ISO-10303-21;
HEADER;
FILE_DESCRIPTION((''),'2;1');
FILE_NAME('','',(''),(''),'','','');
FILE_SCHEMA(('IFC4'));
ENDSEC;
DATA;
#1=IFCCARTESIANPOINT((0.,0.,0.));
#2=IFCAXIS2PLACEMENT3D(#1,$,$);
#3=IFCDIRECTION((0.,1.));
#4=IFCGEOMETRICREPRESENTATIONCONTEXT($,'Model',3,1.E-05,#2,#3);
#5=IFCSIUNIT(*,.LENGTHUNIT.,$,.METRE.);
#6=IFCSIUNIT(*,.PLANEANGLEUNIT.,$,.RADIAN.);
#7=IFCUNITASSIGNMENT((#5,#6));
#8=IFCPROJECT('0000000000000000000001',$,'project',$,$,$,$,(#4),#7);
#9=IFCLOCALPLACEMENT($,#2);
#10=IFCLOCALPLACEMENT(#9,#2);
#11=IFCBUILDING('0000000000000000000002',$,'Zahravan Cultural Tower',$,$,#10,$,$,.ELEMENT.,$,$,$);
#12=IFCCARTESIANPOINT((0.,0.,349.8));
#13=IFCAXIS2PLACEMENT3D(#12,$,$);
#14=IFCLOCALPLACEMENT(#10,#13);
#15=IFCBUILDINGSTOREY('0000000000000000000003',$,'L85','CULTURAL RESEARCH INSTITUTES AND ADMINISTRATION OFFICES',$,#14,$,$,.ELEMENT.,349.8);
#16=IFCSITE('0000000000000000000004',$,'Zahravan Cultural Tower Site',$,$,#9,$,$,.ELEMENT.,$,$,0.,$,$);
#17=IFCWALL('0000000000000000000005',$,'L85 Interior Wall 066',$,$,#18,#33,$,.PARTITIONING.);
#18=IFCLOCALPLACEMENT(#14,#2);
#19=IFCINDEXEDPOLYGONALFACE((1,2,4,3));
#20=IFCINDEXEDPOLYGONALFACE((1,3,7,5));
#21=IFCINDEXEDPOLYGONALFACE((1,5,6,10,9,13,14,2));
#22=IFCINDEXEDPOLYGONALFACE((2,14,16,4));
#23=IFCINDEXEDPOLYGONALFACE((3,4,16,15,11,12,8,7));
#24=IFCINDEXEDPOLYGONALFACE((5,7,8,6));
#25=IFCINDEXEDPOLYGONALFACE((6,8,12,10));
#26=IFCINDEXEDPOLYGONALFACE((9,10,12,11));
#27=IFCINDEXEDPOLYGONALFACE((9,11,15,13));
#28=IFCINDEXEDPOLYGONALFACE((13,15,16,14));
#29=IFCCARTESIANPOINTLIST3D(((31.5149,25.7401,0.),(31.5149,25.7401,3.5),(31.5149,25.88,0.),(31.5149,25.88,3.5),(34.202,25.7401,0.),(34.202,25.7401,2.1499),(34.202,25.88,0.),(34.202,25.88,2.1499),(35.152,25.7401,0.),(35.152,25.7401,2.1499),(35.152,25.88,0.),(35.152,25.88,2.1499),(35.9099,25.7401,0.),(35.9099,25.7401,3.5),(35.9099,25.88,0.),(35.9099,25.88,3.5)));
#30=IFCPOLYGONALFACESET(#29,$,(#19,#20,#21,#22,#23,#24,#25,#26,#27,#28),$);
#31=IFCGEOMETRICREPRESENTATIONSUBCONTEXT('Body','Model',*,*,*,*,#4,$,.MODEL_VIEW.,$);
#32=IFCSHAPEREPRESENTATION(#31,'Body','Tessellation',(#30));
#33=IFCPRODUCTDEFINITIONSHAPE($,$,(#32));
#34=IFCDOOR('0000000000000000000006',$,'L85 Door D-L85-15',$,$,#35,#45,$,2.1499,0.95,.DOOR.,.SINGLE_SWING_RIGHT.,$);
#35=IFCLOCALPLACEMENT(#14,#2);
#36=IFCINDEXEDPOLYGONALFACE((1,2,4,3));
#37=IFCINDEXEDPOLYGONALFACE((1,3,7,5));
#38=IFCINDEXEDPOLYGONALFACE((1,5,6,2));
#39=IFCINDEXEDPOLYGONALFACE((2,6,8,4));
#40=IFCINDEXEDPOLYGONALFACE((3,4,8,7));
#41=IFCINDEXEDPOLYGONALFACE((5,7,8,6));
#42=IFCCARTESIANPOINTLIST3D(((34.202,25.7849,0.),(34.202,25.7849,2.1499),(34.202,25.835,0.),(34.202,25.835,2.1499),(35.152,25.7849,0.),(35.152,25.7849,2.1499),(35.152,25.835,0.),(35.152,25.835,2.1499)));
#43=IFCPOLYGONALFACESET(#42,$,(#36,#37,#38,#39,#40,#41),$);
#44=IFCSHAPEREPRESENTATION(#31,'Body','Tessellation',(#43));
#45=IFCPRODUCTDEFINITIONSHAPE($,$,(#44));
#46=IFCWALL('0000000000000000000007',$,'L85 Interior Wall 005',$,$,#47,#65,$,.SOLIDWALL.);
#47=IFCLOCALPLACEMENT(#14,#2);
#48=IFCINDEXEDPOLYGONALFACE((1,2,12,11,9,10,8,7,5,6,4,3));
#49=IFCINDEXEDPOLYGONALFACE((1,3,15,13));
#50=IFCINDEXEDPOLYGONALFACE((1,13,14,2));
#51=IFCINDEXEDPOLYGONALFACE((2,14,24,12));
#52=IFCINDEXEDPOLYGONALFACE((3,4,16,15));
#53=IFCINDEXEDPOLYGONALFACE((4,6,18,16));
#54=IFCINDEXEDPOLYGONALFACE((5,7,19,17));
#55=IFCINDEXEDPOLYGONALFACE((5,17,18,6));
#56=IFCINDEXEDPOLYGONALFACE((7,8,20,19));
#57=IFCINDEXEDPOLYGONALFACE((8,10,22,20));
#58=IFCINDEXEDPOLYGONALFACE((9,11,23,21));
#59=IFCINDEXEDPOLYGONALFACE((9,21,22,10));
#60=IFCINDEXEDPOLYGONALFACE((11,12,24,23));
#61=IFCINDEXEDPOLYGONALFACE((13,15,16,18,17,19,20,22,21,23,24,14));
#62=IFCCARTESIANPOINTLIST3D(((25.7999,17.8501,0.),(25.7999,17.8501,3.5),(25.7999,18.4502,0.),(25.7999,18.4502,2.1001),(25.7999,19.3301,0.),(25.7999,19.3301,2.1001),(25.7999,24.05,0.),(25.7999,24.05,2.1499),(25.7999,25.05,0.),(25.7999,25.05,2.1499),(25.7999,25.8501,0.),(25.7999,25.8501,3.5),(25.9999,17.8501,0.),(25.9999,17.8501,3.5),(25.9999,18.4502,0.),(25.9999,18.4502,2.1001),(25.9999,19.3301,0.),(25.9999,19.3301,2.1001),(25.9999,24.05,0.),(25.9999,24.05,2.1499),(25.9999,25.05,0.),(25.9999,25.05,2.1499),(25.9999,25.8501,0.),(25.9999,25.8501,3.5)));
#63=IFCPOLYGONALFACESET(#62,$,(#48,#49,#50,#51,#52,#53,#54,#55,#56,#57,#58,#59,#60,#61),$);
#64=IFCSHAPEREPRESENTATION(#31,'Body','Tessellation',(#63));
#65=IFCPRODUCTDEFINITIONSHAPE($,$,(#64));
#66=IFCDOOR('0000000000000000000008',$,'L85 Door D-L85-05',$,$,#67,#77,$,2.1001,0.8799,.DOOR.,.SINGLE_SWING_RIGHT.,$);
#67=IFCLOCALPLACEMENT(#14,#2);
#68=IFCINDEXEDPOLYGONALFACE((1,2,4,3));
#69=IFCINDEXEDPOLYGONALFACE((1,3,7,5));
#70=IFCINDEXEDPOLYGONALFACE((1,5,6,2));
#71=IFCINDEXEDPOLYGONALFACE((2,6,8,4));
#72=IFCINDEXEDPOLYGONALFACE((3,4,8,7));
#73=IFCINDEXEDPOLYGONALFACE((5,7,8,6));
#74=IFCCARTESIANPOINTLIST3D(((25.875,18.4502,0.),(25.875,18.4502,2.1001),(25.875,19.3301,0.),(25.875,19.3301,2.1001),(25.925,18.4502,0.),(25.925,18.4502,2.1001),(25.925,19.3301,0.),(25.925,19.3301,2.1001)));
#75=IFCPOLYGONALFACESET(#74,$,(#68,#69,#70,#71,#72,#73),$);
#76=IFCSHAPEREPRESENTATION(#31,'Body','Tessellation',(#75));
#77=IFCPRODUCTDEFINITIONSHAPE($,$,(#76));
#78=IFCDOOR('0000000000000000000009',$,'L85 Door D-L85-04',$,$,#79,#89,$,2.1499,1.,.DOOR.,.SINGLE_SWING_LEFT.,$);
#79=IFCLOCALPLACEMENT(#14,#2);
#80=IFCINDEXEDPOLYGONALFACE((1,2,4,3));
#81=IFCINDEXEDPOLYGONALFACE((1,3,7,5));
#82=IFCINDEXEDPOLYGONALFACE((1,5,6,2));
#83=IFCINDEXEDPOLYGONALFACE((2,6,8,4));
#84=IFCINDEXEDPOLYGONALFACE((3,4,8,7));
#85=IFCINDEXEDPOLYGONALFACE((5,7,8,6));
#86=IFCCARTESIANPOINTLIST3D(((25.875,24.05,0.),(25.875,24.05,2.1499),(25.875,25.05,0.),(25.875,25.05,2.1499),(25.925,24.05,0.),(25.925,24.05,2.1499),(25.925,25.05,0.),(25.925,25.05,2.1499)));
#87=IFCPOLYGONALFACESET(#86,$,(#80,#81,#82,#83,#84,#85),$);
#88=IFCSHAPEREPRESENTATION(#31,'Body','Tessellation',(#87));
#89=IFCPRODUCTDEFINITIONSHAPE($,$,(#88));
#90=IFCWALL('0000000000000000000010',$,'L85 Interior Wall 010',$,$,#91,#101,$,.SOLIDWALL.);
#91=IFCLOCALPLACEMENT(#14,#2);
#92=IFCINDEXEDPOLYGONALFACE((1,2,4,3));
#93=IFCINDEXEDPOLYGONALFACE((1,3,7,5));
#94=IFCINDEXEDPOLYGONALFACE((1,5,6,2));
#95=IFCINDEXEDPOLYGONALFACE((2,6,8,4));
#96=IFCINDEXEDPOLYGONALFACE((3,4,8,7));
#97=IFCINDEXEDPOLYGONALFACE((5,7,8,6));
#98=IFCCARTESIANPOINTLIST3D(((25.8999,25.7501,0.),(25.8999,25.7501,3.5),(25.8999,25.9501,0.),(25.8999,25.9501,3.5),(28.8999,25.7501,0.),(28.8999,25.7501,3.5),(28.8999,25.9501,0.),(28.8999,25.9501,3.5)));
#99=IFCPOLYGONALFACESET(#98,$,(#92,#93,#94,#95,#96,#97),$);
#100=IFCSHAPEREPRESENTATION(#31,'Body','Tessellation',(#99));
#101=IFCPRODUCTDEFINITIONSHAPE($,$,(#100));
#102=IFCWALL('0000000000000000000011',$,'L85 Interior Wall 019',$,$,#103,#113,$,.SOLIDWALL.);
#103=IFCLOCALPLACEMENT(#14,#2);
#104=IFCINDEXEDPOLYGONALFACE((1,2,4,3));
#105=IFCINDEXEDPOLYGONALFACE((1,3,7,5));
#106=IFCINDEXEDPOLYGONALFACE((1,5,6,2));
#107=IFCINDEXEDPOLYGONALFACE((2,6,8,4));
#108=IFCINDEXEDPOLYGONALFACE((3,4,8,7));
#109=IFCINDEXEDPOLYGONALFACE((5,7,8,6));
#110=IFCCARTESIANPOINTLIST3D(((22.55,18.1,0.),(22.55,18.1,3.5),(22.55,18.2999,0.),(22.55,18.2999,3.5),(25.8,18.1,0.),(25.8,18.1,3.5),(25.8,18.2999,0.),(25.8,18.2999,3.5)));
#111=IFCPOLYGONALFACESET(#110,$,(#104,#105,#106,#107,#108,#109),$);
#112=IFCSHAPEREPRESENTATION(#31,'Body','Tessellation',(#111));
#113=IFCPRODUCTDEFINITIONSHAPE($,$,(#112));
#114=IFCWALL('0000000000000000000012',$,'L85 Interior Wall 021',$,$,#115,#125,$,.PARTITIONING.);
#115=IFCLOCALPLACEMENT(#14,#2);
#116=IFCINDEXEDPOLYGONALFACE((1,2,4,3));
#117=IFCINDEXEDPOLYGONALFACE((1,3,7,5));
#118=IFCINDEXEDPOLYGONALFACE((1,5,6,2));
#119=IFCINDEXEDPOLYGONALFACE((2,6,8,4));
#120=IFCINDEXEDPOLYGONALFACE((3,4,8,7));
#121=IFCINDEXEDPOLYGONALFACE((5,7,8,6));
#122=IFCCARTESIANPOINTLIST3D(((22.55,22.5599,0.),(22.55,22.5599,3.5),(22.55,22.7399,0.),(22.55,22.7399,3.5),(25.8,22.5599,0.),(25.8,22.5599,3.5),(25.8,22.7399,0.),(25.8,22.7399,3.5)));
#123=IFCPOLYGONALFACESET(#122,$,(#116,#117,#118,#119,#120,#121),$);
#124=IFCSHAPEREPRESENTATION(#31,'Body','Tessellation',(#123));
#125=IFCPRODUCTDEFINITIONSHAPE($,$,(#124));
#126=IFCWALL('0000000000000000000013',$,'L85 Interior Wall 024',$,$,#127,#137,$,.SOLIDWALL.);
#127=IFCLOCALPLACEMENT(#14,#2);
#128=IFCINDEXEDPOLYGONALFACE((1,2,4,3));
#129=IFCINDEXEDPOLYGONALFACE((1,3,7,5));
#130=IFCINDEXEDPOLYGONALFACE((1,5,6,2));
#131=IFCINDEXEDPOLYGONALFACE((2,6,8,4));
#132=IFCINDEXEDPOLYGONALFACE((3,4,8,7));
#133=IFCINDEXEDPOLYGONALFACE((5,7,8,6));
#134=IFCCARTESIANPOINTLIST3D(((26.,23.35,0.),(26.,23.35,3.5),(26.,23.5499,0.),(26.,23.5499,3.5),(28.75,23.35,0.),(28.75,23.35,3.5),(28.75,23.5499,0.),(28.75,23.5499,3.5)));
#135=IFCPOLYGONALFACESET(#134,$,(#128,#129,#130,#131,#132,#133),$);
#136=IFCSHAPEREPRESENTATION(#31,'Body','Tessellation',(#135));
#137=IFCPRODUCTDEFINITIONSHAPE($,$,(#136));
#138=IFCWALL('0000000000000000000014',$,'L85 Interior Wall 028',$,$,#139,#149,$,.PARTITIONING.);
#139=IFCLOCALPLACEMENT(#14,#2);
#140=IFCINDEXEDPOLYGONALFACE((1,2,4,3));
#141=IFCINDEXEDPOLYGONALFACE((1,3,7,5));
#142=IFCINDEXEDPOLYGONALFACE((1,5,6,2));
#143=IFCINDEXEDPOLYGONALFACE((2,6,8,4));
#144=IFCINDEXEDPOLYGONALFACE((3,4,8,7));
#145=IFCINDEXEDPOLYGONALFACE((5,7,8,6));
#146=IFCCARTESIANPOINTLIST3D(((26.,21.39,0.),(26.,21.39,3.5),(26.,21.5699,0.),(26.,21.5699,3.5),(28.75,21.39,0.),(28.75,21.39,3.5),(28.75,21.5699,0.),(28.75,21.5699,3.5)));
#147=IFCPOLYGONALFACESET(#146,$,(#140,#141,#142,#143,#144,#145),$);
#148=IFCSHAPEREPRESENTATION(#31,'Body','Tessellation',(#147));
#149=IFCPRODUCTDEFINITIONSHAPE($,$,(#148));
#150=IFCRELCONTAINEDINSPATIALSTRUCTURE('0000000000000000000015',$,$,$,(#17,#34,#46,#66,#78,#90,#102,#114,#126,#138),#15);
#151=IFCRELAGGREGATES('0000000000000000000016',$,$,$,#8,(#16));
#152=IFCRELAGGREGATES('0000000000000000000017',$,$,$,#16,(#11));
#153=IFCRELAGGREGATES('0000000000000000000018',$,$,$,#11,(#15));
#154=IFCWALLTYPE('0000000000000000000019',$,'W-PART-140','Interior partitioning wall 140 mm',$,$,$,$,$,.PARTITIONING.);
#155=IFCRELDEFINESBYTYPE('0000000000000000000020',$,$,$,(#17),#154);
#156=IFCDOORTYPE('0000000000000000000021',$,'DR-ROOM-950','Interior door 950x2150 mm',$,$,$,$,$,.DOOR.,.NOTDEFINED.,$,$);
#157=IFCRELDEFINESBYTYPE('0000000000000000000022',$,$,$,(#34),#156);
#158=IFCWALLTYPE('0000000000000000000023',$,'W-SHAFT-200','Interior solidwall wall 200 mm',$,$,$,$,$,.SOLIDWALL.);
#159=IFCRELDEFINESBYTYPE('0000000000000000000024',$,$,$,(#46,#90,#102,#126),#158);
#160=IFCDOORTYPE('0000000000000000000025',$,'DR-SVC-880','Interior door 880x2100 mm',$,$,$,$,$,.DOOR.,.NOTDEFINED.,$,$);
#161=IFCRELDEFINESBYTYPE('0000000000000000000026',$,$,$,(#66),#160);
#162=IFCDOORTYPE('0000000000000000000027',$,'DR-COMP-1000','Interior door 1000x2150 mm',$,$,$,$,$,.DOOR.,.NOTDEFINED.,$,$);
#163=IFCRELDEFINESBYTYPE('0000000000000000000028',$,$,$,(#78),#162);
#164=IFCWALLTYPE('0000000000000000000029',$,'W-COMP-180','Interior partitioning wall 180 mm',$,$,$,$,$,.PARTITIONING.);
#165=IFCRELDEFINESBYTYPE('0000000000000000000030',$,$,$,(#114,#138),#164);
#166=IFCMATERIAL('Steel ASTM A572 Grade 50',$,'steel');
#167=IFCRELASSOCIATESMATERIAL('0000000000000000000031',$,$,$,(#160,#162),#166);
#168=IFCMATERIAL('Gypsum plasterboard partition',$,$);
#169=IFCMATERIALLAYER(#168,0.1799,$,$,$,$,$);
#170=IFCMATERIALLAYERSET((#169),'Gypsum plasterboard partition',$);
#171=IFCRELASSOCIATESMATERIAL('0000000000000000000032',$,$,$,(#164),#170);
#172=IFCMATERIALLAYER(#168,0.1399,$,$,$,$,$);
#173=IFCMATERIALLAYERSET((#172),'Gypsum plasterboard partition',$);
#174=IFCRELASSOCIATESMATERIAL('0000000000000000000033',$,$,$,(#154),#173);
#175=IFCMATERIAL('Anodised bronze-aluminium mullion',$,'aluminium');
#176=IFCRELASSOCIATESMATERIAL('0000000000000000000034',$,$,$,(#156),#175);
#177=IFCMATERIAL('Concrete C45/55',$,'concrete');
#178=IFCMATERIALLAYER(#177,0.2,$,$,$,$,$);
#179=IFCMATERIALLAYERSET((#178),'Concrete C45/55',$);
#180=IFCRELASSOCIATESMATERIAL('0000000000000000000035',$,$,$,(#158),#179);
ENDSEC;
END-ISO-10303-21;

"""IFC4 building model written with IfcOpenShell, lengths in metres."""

from ifc_helpers import new_model, si_unit, direction, frame, frame_2d, origin, place, context, subcontext, project, spatial, rectangle, extrude, source, transform, mapped, material, layer, layer_set, type_object, element, fill, save


model = new_model("IFC4")

# Units and contexts
model_context = context("Model", 3, precision=1e-05, world=origin(), true_north=direction((0.0, 1.0)))
body_context = subcontext(model_context, "Body", "Model", "MODEL_VIEW")
ifc_project = project(units=[si_unit("LENGTHUNIT", "METRE"), si_unit("PLANEANGLEUNIT", "RADIAN")], contexts=[model_context])

# Site, building, storey
site_placement = place(None, origin())
site = spatial("IfcSite", under=ifc_project, at=site_placement, Name="Zahravan Cultural Tower Site", CompositionType="ELEMENT", RefElevation=0.0)
building_placement = place(site_placement, origin())
building = spatial("IfcBuilding", under=site, at=building_placement, Name="Zahravan Cultural Tower", CompositionType="ELEMENT")
storey_placement = place(building_placement, frame((0.0, 0.0, 349.8)))
storey = spatial("IfcBuildingStorey", under=building, at=storey_placement, Name="L85", Description="CULTURAL RESEARCH INSTITUTES AND ADMINISTRATION OFFICES", CompositionType="ELEMENT", Elevation=349.8)

# Shared definitions
ifc_material_1 = material(Name="Steel ASTM A572 Grade 50", Category="steel")
door_type_1 = type_object("IfcDoorType", Name="DR-SVC-880", Description="Interior door 880x2100 mm", OperationType="NOTDEFINED", PredefinedType="DOOR", material=ifc_material_1)
shared_shape_1 = source(origin(), body_context, "Body", "SweptSolid", [
    extrude(rectangle(XDim=0.8799, YDim=2.1001, at=frame_2d((0.4399, 1.05))), frame((0.0, 0.0249, 0.0), z_axis=(0.0, -1.0, 0.0), x_axis=(1.0, 0.0, 0.0)), (0.0, 0.0, 1.0), 0.05),
])

# Wall, opening, door
ifc_material_2 = material(Name="Gypsum plasterboard partition")
ifc_layer_1 = layer(ifc_material_2, 0.1799)
ifc_layer_set_1 = layer_set([ifc_layer_1], Name="Gypsum plasterboard partition")
wall_type_1 = type_object("IfcWallType", Name="W-COMP-180", Description="Interior partitioning wall 180 mm", PredefinedType="PARTITIONING", material=ifc_layer_set_1)
ifc_layer_2 = layer(ifc_material_2, 0.1399)
ifc_layer_set_2 = layer_set([ifc_layer_2], Name="Gypsum plasterboard partition")
wall_type_2 = type_object("IfcWallType", Name="W-PART-140", Description="Interior partitioning wall 140 mm", PredefinedType="PARTITIONING", material=ifc_layer_set_2)
wall_1_placement = place(storey_placement, frame((31.5149, 25.8101, 0.0), z_axis=(0.0, 0.0, 1.0), x_axis=(1.0, 0.0, 0.0)))
wall_1 = element("IfcWall", 1, at=wall_1_placement, inside=storey, type_object=wall_type_2, Name="L85 Interior Wall 066", PredefinedType="PARTITIONING", context=body_context, shape_type="SweptSolid", body=[
    extrude(rectangle(XDim=4.395, YDim=0.1399, at=frame_2d((2.1975, 0.0))), origin(), (0.0, 0.0, 1.0), 3.5),
])
opening_1_placement = place(wall_1_placement, frame((2.687, 0.0, 0.0)))
opening_1 = element("IfcOpeningElement", 2, at=opening_1_placement, cuts=wall_1, PredefinedType="OPENING", context=body_context, shape_type="SweptSolid", body=[
    extrude(rectangle(XDim=0.95, YDim=2.1499, at=frame_2d((0.4751, 1.075))), frame((0.0, 0.0798, 0.0), z_axis=(0.0, -1.0, 0.0), x_axis=(1.0, 0.0, 0.0)), (0.0, 0.0, 1.0), 0.1599),
])
ifc_material_3 = material(Name="Anodised bronze-aluminium mullion", Category="aluminium")
door_type_2 = type_object("IfcDoorType", Name="DR-ROOM-950", Description="Interior door 950x2150 mm", OperationType="NOTDEFINED", PredefinedType="DOOR", material=ifc_material_3)
shared_shape_2 = source(origin(), body_context, "Body", "SweptSolid", [
    extrude(rectangle(XDim=0.95, YDim=2.1499, at=frame_2d((0.4751, 1.075))), frame((0.0, 0.0249, 0.0), z_axis=(0.0, -1.0, 0.0), x_axis=(1.0, 0.0, 0.0)), (0.0, 0.0, 1.0), 0.05),
])
door_1_placement = place(opening_1_placement, origin())
door_1 = element("IfcDoor", 3, at=door_1_placement, inside=storey, type_object=door_type_2, Name="L85 Door D-L85-15", OperationType="SINGLE_SWING_RIGHT", OverallHeight=2.1499, OverallWidth=0.95, PredefinedType="DOOR", context=body_context, shape_type="MappedRepresentation", body=[
    mapped(shared_shape_2, transform((0.0, 0.0, 0.0), x_axis=(1.0, 0.0, 0.0), y_axis=(0.0, 1.0, 0.0), z_axis=(0.0, 0.0, 1.0), scale=1.0)),
])
fill(opening_1, door_1)

# Wall, openings, doors
ifc_material_4 = material(Name="Concrete C45/55", Category="concrete")
ifc_layer_3 = layer(ifc_material_4, 0.2)
ifc_layer_set_3 = layer_set([ifc_layer_3], Name="Concrete C45/55")
wall_type_3 = type_object("IfcWallType", Name="W-SHAFT-200", Description="Interior solidwall wall 200 mm", PredefinedType="SOLIDWALL", material=ifc_layer_set_3)
wall_2_placement = place(storey_placement, frame((25.8999, 17.8501, 0.0), z_axis=(0.0, 0.0, 1.0), x_axis=(0.0, 1.0, 0.0)))
wall_2 = element("IfcWall", 4, at=wall_2_placement, inside=storey, type_object=wall_type_3, Name="L85 Interior Wall 005", PredefinedType="SOLIDWALL", context=body_context, shape_type="SweptSolid", body=[
    extrude(rectangle(XDim=8.0, YDim=0.2, at=frame_2d((4.0, 0.0))), origin(), (0.0, 0.0, 1.0), 3.5),
])
opening_2_placement = place(wall_2_placement, frame((6.2, 0.0, 0.0)))
opening_2 = element("IfcOpeningElement", 5, at=opening_2_placement, cuts=wall_2, PredefinedType="OPENING", context=body_context, shape_type="SweptSolid", body=[
    extrude(rectangle(XDim=1.0, YDim=2.1499, at=frame_2d((0.5, 1.075))), frame((0.0, 0.1099, 0.0), z_axis=(0.0, -1.0, 0.0), x_axis=(1.0, 0.0, 0.0)), (0.0, 0.0, 1.0), 0.22),
])
opening_3_placement = place(wall_2_placement, frame((0.6001, 0.0, 0.0)))
opening_3 = element("IfcOpeningElement", 6, at=opening_3_placement, cuts=wall_2, PredefinedType="OPENING", context=body_context, shape_type="SweptSolid", body=[
    extrude(rectangle(XDim=0.8799, YDim=2.1001, at=frame_2d((0.4399, 1.05))), frame((0.0, 0.1099, 0.0), z_axis=(0.0, -1.0, 0.0), x_axis=(1.0, 0.0, 0.0)), (0.0, 0.0, 1.0), 0.22),
])
door_2_placement = place(opening_3_placement, origin())
door_2 = element("IfcDoor", 7, at=door_2_placement, inside=storey, type_object=door_type_1, Name="L85 Door D-L85-05", OperationType="SINGLE_SWING_RIGHT", OverallHeight=2.1001, OverallWidth=0.8799, PredefinedType="DOOR", context=body_context, shape_type="MappedRepresentation", body=[
    mapped(shared_shape_1, transform((0.0, 0.0, 0.0), x_axis=(1.0, 0.0, 0.0), y_axis=(0.0, 1.0, 0.0), z_axis=(0.0, 0.0, 1.0), scale=1.0)),
])
fill(opening_3, door_2)
door_type_3 = type_object("IfcDoorType", Name="DR-COMP-1000", Description="Interior door 1000x2150 mm", OperationType="NOTDEFINED", PredefinedType="DOOR", material=ifc_material_1)
shared_shape_3 = source(origin(), body_context, "Body", "SweptSolid", [
    extrude(rectangle(XDim=1.0, YDim=2.1499, at=frame_2d((0.5, 1.075))), frame((0.0, 0.0249, 0.0), z_axis=(0.0, -1.0, 0.0), x_axis=(1.0, 0.0, 0.0)), (0.0, 0.0, 1.0), 0.05),
])
door_3_placement = place(opening_2_placement, origin())
door_3 = element("IfcDoor", 8, at=door_3_placement, inside=storey, type_object=door_type_3, Name="L85 Door D-L85-04", OperationType="SINGLE_SWING_LEFT", OverallHeight=2.1499, OverallWidth=1.0, PredefinedType="DOOR", context=body_context, shape_type="MappedRepresentation", body=[
    mapped(shared_shape_3, transform((0.0, 0.0, 0.0), x_axis=(1.0, 0.0, 0.0), y_axis=(0.0, 1.0, 0.0), z_axis=(0.0, 0.0, 1.0), scale=1.0)),
])
fill(opening_2, door_3)

# Walls
shared_shape_4 = source(origin(), body_context, "Body", "SweptSolid", [
    extrude(rectangle(XDim=3.0, YDim=0.2, at=frame_2d((1.5, 0.0))), origin(), (0.0, 0.0, 1.0), 3.5),
])
wall_3_placement = place(storey_placement, frame((25.8999, 25.8501, 0.0), z_axis=(0.0, 0.0, 1.0), x_axis=(1.0, 0.0, 0.0)))
element("IfcWall", 9, at=wall_3_placement, inside=storey, type_object=wall_type_3, Name="L85 Interior Wall 010", PredefinedType="SOLIDWALL", context=body_context, shape_type="MappedRepresentation", body=[
    mapped(shared_shape_4, transform((0.0, 0.0, 0.0), x_axis=(1.0, 0.0, 0.0), y_axis=(0.0, 1.0, 0.0), z_axis=(0.0, 0.0, 1.0), scale=1.0)),
])
shared_shape_5 = source(origin(), body_context, "Body", "SweptSolid", [
    extrude(rectangle(XDim=3.25, YDim=0.2, at=frame_2d((1.625, 0.0))), origin(), (0.0, 0.0, 1.0), 3.5),
])
wall_4_placement = place(storey_placement, frame((22.55, 18.2, 0.0), z_axis=(0.0, 0.0, 1.0), x_axis=(1.0, 0.0, 0.0)))
element("IfcWall", 10, at=wall_4_placement, inside=storey, type_object=wall_type_3, Name="L85 Interior Wall 019", PredefinedType="SOLIDWALL", context=body_context, shape_type="MappedRepresentation", body=[
    mapped(shared_shape_5, transform((0.0, 0.0, 0.0), x_axis=(1.0, 0.0, 0.0), y_axis=(0.0, 1.0, 0.0), z_axis=(0.0, 0.0, 1.0), scale=1.0)),
])
shared_shape_6 = source(origin(), body_context, "Body", "SweptSolid", [
    extrude(rectangle(XDim=3.25, YDim=0.1799, at=frame_2d((1.625, 0.0))), origin(), (0.0, 0.0, 1.0), 3.5),
])
wall_5_placement = place(storey_placement, frame((22.55, 22.6499, 0.0), z_axis=(0.0, 0.0, 1.0), x_axis=(1.0, 0.0, 0.0)))
element("IfcWall", 11, at=wall_5_placement, inside=storey, type_object=wall_type_1, Name="L85 Interior Wall 021", PredefinedType="PARTITIONING", context=body_context, shape_type="MappedRepresentation", body=[
    mapped(shared_shape_6, transform((0.0, 0.0, 0.0), x_axis=(1.0, 0.0, 0.0), y_axis=(0.0, 1.0, 0.0), z_axis=(0.0, 0.0, 1.0), scale=1.0)),
])
shared_shape_7 = source(origin(), body_context, "Body", "SweptSolid", [
    extrude(rectangle(XDim=2.75, YDim=0.2, at=frame_2d((1.375, 0.0))), origin(), (0.0, 0.0, 1.0), 3.5),
])
wall_6_placement = place(storey_placement, frame((26.0, 23.45, 0.0), z_axis=(0.0, 0.0, 1.0), x_axis=(1.0, 0.0, 0.0)))
element("IfcWall", 12, at=wall_6_placement, inside=storey, type_object=wall_type_3, Name="L85 Interior Wall 024", PredefinedType="SOLIDWALL", context=body_context, shape_type="MappedRepresentation", body=[
    mapped(shared_shape_7, transform((0.0, 0.0, 0.0), x_axis=(1.0, 0.0, 0.0), y_axis=(0.0, 1.0, 0.0), z_axis=(0.0, 0.0, 1.0), scale=1.0)),
])
shared_shape_8 = source(origin(), body_context, "Body", "SweptSolid", [
    extrude(rectangle(XDim=2.75, YDim=0.1799, at=frame_2d((1.375, 0.0))), origin(), (0.0, 0.0, 1.0), 3.5),
])
wall_7_placement = place(storey_placement, frame((26.0, 21.48, 0.0), z_axis=(0.0, 0.0, 1.0), x_axis=(1.0, 0.0, 0.0)))
element("IfcWall", 13, at=wall_7_placement, inside=storey, type_object=wall_type_1, Name="L85 Interior Wall 028", PredefinedType="PARTITIONING", context=body_context, shape_type="MappedRepresentation", body=[
    mapped(shared_shape_8, transform((0.0, 0.0, 0.0), x_axis=(1.0, 0.0, 0.0), y_axis=(0.0, 1.0, 0.0), z_axis=(0.0, 0.0, 1.0), scale=1.0)),
])

save(model, "model.ifc")
